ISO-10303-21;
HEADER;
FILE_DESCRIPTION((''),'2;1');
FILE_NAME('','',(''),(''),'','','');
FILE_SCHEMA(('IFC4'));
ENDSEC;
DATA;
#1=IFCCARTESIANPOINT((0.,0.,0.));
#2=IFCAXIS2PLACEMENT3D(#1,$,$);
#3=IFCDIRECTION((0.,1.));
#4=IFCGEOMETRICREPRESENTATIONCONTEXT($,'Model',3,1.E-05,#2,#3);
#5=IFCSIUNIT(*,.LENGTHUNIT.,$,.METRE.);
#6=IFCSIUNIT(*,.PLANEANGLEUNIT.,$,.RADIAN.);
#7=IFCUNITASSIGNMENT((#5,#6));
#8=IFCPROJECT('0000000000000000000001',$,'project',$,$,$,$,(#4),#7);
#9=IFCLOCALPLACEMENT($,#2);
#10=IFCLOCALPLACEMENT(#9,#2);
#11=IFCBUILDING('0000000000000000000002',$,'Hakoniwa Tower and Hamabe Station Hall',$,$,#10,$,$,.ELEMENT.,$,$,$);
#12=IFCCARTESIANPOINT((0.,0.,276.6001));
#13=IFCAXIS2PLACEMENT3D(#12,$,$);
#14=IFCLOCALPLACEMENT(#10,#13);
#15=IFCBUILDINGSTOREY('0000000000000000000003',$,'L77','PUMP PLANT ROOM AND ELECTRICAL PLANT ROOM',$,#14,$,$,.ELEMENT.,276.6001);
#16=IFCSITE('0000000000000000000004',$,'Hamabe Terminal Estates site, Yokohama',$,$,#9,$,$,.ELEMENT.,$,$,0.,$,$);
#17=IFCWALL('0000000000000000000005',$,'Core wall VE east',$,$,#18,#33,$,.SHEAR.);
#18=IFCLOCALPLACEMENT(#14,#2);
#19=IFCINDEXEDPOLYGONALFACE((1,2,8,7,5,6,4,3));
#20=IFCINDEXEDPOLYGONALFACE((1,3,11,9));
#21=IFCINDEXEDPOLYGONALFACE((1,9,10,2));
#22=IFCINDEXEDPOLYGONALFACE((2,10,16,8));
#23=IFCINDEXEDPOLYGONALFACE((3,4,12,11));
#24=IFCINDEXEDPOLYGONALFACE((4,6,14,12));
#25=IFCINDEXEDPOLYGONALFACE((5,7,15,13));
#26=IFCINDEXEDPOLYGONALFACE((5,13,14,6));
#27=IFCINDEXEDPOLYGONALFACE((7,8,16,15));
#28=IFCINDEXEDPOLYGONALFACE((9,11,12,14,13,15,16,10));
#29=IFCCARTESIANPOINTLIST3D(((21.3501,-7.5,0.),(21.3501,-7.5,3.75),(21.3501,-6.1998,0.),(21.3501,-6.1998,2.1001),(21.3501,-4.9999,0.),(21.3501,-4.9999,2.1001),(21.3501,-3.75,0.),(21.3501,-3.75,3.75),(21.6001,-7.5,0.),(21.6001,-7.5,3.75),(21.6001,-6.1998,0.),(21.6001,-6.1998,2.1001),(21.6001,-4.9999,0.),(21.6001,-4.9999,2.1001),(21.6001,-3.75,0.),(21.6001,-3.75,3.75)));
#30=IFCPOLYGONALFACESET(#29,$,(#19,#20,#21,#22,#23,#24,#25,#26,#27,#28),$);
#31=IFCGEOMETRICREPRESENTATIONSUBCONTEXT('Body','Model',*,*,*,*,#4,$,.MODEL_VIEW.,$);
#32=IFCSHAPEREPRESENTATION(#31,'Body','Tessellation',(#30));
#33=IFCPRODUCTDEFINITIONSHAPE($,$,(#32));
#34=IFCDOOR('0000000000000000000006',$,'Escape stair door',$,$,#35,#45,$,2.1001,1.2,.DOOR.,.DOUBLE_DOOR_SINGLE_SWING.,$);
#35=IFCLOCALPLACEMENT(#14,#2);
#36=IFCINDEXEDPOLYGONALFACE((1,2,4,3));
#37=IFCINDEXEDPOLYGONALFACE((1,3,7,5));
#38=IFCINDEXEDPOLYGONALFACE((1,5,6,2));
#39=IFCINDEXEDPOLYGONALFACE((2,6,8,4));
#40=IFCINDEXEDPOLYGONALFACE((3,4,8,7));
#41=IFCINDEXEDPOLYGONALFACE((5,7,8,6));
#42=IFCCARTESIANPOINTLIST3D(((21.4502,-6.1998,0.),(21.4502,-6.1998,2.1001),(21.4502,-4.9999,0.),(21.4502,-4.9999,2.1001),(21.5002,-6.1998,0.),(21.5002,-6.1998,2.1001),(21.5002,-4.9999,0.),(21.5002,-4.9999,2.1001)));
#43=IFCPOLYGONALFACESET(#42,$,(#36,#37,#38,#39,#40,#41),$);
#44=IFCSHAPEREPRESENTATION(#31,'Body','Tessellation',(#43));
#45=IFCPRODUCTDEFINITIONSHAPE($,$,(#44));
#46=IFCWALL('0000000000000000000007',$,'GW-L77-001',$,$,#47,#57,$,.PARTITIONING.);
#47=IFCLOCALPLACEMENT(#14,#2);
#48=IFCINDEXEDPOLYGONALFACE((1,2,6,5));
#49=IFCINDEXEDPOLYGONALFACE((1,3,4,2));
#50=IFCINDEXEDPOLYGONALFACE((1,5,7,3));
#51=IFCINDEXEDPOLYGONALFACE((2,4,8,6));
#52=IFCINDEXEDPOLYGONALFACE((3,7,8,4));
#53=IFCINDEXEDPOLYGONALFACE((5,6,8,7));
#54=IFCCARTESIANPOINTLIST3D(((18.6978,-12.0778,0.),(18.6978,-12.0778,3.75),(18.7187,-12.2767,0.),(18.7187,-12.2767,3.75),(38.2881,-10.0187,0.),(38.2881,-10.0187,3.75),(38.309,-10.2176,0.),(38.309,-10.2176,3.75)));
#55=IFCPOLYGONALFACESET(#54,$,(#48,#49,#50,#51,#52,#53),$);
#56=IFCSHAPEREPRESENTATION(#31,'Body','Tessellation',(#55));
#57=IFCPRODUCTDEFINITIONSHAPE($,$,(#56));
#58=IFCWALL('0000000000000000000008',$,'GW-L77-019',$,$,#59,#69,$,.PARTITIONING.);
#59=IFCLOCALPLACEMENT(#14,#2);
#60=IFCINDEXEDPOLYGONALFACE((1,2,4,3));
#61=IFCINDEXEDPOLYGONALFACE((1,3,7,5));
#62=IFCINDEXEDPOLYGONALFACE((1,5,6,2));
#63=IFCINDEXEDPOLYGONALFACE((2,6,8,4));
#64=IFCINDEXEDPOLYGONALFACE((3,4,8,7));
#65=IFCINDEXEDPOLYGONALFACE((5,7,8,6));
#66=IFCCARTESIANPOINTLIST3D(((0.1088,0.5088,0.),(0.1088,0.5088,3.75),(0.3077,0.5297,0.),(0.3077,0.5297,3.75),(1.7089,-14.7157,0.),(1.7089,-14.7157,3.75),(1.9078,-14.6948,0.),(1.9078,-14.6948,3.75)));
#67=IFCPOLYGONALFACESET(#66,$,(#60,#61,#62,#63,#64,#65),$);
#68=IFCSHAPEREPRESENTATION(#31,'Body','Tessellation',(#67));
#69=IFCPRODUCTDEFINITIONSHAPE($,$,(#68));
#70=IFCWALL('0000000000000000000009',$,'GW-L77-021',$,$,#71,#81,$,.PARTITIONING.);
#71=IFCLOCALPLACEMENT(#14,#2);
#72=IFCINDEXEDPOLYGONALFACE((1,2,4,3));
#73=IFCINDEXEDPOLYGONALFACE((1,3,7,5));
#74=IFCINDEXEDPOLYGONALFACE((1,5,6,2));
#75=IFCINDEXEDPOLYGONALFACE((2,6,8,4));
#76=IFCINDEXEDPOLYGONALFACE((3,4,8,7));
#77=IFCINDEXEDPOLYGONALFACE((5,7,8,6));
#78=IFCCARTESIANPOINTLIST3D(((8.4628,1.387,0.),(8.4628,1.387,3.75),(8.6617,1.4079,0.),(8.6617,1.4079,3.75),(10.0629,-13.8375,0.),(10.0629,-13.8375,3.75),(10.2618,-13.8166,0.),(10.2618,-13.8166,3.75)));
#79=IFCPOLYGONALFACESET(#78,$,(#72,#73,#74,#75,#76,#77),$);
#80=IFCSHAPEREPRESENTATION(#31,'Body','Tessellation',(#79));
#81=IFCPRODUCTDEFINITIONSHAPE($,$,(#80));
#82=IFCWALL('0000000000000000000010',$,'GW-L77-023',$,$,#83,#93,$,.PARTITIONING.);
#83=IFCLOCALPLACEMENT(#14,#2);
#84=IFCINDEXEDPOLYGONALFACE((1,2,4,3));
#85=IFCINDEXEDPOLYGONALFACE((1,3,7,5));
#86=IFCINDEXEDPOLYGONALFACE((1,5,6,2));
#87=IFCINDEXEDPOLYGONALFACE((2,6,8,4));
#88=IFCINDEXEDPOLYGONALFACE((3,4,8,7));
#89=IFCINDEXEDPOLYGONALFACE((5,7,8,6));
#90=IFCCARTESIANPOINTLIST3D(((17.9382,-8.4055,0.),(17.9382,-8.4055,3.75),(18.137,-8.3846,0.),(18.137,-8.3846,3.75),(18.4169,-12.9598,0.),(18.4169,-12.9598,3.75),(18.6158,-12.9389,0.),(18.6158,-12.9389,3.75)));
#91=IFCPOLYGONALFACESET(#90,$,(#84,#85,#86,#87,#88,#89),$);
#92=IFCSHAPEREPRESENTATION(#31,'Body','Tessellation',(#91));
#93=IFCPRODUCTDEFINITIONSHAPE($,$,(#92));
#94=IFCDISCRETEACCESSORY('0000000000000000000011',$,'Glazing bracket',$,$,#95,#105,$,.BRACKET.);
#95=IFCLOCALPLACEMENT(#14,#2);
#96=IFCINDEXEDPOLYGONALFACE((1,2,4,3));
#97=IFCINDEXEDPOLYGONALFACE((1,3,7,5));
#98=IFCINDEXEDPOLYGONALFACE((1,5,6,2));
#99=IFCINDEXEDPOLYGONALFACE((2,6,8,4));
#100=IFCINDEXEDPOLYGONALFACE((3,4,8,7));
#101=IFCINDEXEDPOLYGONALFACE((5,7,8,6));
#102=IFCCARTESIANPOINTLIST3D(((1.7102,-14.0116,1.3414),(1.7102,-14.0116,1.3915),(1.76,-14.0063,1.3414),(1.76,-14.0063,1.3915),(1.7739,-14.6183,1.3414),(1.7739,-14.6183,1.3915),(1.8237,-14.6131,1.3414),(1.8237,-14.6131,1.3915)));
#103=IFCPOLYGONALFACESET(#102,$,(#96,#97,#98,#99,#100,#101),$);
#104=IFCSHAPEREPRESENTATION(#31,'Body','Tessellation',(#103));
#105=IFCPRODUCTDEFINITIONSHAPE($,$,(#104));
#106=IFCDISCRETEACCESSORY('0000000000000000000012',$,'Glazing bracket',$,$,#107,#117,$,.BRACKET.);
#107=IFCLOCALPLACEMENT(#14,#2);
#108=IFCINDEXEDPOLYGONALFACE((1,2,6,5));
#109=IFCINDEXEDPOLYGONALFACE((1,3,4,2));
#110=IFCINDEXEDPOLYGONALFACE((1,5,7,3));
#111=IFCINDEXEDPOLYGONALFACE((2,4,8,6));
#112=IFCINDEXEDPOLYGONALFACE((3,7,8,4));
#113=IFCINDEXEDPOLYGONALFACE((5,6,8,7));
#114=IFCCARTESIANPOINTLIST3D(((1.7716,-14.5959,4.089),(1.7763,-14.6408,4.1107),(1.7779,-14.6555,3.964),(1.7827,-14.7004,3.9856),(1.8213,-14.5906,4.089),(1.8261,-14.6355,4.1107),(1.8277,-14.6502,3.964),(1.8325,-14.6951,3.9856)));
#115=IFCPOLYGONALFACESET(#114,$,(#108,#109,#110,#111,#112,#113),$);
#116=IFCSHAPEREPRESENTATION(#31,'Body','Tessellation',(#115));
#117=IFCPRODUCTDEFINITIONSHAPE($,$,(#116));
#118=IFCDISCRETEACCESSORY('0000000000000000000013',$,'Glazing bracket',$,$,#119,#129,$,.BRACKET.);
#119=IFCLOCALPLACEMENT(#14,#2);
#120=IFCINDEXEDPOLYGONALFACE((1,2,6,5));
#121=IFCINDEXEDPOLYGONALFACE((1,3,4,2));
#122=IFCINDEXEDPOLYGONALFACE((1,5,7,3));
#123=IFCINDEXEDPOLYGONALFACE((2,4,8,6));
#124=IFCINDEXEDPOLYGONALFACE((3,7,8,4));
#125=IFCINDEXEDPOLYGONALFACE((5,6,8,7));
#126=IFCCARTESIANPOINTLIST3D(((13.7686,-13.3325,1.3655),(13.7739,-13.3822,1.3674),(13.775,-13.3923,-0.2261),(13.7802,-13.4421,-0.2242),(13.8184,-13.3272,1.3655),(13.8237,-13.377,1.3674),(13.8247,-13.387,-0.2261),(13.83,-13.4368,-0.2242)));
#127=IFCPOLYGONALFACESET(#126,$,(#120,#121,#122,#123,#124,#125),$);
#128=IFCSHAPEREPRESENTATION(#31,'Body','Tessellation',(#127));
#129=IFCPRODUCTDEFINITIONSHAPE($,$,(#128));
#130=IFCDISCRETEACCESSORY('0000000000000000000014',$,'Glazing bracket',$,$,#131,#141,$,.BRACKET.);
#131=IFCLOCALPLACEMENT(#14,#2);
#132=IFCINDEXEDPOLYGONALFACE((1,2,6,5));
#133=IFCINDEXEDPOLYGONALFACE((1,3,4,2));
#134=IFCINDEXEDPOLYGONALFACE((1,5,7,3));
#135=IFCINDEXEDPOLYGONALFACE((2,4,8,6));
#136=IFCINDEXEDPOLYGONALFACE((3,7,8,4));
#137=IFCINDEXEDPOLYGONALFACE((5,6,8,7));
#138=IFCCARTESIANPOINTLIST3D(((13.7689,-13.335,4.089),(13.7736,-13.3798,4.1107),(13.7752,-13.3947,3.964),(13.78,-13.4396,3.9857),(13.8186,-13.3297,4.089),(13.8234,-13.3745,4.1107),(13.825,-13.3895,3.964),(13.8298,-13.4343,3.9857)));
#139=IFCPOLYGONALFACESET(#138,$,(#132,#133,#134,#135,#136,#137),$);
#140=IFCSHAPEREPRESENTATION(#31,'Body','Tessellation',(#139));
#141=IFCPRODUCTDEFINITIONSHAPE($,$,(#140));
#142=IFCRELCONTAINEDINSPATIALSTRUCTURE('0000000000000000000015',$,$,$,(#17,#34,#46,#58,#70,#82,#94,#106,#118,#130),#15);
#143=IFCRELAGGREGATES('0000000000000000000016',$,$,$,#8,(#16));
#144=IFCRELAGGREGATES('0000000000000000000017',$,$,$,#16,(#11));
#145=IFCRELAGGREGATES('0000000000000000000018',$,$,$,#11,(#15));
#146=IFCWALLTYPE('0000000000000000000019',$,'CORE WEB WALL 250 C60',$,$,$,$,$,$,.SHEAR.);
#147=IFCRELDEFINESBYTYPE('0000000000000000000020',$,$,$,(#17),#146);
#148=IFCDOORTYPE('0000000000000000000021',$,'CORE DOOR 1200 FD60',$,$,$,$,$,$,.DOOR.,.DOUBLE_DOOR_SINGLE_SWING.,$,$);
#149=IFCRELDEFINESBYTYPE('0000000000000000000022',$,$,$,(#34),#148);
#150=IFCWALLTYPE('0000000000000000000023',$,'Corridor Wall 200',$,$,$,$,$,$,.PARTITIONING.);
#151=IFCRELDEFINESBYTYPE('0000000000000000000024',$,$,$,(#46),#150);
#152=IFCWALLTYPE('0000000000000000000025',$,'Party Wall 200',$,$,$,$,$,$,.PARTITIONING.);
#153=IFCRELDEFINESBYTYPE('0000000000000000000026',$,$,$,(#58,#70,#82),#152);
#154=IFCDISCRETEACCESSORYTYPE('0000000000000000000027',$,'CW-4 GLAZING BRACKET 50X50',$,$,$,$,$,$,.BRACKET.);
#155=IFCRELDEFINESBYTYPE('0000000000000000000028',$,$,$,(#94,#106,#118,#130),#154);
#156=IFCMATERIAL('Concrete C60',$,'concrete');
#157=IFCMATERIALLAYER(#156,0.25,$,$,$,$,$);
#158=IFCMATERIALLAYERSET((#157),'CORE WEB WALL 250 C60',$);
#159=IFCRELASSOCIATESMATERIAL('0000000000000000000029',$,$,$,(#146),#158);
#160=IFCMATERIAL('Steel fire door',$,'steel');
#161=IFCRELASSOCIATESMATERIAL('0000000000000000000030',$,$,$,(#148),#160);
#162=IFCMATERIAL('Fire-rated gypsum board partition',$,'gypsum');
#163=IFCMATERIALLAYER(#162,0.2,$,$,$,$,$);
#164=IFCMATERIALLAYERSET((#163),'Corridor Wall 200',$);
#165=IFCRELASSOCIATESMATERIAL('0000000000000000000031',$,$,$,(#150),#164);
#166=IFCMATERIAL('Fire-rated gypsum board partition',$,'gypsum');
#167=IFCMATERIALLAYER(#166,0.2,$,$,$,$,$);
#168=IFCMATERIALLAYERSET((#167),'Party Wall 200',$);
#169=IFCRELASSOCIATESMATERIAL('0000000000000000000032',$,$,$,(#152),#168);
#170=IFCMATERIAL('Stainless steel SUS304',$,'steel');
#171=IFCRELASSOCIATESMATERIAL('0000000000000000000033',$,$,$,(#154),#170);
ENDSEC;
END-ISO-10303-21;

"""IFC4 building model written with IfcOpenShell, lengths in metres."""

from ifc_helpers import new_model, si_unit, direction, frame, frame_2d, origin, origin_2d, place, context, subcontext, project, spatial, rectangle, extrude, material, layer, layer_set, material_profile, profile_set, type_object, element, fill, save


model = new_model("IFC4")

# Units and contexts
model_context = context("Model", 3, precision=1e-05, world=origin(), true_north=direction((0.0, 1.0)))
body_context = subcontext(model_context, "Body", "Model", "MODEL_VIEW")
ifc_project = project(units=[si_unit("LENGTHUNIT", "METRE"), si_unit("PLANEANGLEUNIT", "RADIAN")], contexts=[model_context])

# Site, building, storey
site_placement = place(None, origin())
site = spatial("IfcSite", under=ifc_project, at=site_placement, Name="Hamabe Terminal Estates site, Yokohama", CompositionType="ELEMENT", RefElevation=0.0)
building_placement = place(site_placement, origin())
building = spatial("IfcBuilding", under=site, at=building_placement, Name="Hakoniwa Tower and Hamabe Station Hall", CompositionType="ELEMENT")
storey_placement = place(building_placement, frame((0.0, 0.0, 276.6001)))
storey = spatial("IfcBuildingStorey", under=building, at=storey_placement, Name="L77", Description="PUMP PLANT ROOM AND ELECTRICAL PLANT ROOM", CompositionType="ELEMENT", Elevation=276.6001)

# Shared definitions
ifc_material_1 = material(Name="Concrete C60", Category="concrete")
ifc_layer_1 = layer(ifc_material_1, 0.25)
ifc_layer_set_1 = layer_set([ifc_layer_1], Name="CORE WEB WALL 250 C60")
wall_type_1 = type_object("IfcWallType", Name="CORE WEB WALL 250 C60", PredefinedType="SHEAR", material=ifc_layer_set_1)

# Wall, opening, door
wall_1_placement = place(storey_placement, frame((21.4751, -7.5, 0.0), z_axis=(0.0, 0.0, 1.0), x_axis=(0.0, 1.0, 0.0)))
wall_1 = element("IfcWall", 1, at=wall_1_placement, inside=storey, type_object=wall_type_1, Name="Core wall VE east", PredefinedType="SHEAR", context=body_context, shape_type="SweptSolid", body=[
    extrude(rectangle(XDim=3.75, YDim=0.25, at=frame_2d((1.875, 0.0))), origin(), (0.0, 0.0, 1.0), 3.75),
])
opening_1_placement = place(wall_1_placement, frame((1.3, 0.0, 0.0)))
opening_1 = element("IfcOpeningElement", 2, at=opening_1_placement, cuts=wall_1, PredefinedType="OPENING", context=body_context, shape_type="SweptSolid", body=[
    extrude(rectangle(XDim=1.2, YDim=2.1001, at=frame_2d((0.6001, 1.05))), frame((0.0, 0.135, 0.0), z_axis=(0.0, -1.0, 0.0), x_axis=(1.0, 0.0, 0.0)), (0.0, 0.0, 1.0), 0.27),
])
ifc_material_2 = material(Name="Steel fire door", Category="steel")
door_type_1 = type_object("IfcDoorType", Name="CORE DOOR 1200 FD60", OperationType="DOUBLE_DOOR_SINGLE_SWING", PredefinedType="DOOR", material=ifc_material_2)
door_1_placement = place(opening_1_placement, origin())
door_1 = element("IfcDoor", 3, at=door_1_placement, inside=storey, type_object=door_type_1, Name="Escape stair door", OperationType="DOUBLE_DOOR_SINGLE_SWING", OverallHeight=2.1001, OverallWidth=1.2, PredefinedType="DOOR", context=body_context, shape_type="SweptSolid", body=[
    extrude(rectangle(XDim=1.2, YDim=2.1001, at=frame_2d((0.6001, 1.05))), frame((0.0, 0.0249, 0.0), z_axis=(0.0, -1.0, 0.0), x_axis=(1.0, 0.0, 0.0)), (0.0, 0.0, 1.0), 0.05),
])
fill(opening_1, door_1)

# Walls
ifc_material_3 = material(Name="Fire-rated gypsum board partition", Category="gypsum")
ifc_layer_2 = layer(ifc_material_3, 0.2)
ifc_layer_set_2 = layer_set([ifc_layer_2], Name="Corridor Wall 200")
wall_type_2 = type_object("IfcWallType", Name="Corridor Wall 200", PredefinedType="PARTITIONING", material=ifc_layer_set_2)
wall_2_placement = place(storey_placement, frame((18.7083, -12.1772, 0.0), z_axis=(0.0, 0.0, 1.0), x_axis=(0.994522, 0.104531, 0.0)))
element("IfcWall", 4, at=wall_2_placement, inside=storey, type_object=wall_type_2, Name="GW-L77-001", PredefinedType="PARTITIONING", context=body_context, shape_type="SweptSolid", body=[
    extrude(rectangle(XDim=19.6982, YDim=0.2, at=frame_2d((9.8491, 0.0))), origin(), (0.0, 0.0, 1.0), 3.75),
])
ifc_material_4 = material(Name="Fire-rated gypsum board partition", Category="gypsum")
ifc_layer_3 = layer(ifc_material_4, 0.2)
ifc_layer_set_3 = layer_set([ifc_layer_3], Name="Party Wall 200")
wall_type_3 = type_object("IfcWallType", Name="Party Wall 200", PredefinedType="PARTITIONING", material=ifc_layer_set_3)
for number, where, z_axis, x_axis, name in (
    (5, (1.8083, -14.7053, 0.0), (0.0, 0.0, 1.0), (-0.104524, 0.994522, 0.0), "GW-L77-019"),
    (6, (10.1624, -13.8271, 0.0), (0.0, 0.0, 1.0), (-0.104524, 0.994522, 0.0), "GW-L77-021"),
):
    element("IfcWall", number, at=place(storey_placement, frame(where, z_axis=z_axis, x_axis=x_axis)), inside=storey, type_object=wall_type_3, Name=name, PredefinedType="PARTITIONING", context=body_context, shape_type="SweptSolid", body=[
        extrude(rectangle(XDim=15.3083, YDim=0.2, at=frame_2d((7.6543, 0.0))), origin(), (0.0, 0.0, 1.0), 3.75),
    ])
wall_3_placement = place(storey_placement, frame((18.5164, -12.9492, 0.0), z_axis=(0.0, 0.0, 1.0), x_axis=(-0.104549, 0.99452, 0.0)))
element("IfcWall", 7, at=wall_3_placement, inside=storey, type_object=wall_type_3, Name="GW-L77-023", PredefinedType="PARTITIONING", context=body_context, shape_type="SweptSolid", body=[
    extrude(rectangle(XDim=4.5793, YDim=0.2, at=frame_2d((2.2896, 0.0))), origin(), (0.0, 0.0, 1.0), 3.75),
])

# Discrete accessories
ifc_material_5 = material(Name="Stainless steel SUS304", Category="steel")
ifc_material_profile_1 = material_profile(ifc_material_5, rectangle(XDim=0.05, YDim=0.05, at=origin_2d()), Name="CW-4 GLAZING BRACKET 50X50")
ifc_profile_set_1 = profile_set([ifc_material_profile_1], Name="Stainless steel SUS304")
discrete_accessory_type = type_object("IfcDiscreteAccessoryType", Name="CW-4 GLAZING BRACKET 50X50", PredefinedType="BRACKET", material=ifc_profile_set_1)
discrete_accessory_1_placement = place(storey_placement, frame((1.7988, -14.6157, 1.3665), z_axis=(-0.104456, 0.99453, 0.0), x_axis=(-0.99453, -0.104456, 0.0)))
element("IfcDiscreteAccessory", 8, at=discrete_accessory_1_placement, inside=storey, type_object=discrete_accessory_type, Name="Glazing bracket", PredefinedType="BRACKET", context=body_context, shape_type="SweptSolid", body=[
    extrude(rectangle(XDim=0.05, YDim=0.05, at=origin_2d()), origin(), (0.0, 0.0, 1.0), 0.6101),
])
discrete_accessory_2_placement = place(storey_placement, frame((1.7988, -14.6157, 4.0999), z_axis=(0.045794, -0.429756, -0.901783), x_axis=(0.994371, 0.105958, 0.0)))
element("IfcDiscreteAccessory", 9, at=discrete_accessory_2_placement, inside=storey, type_object=discrete_accessory_type, Name="Glazing bracket", PredefinedType="BRACKET", context=body_context, shape_type="SweptSolid", body=[
    extrude(rectangle(XDim=0.05, YDim=0.05, at=origin_2d()), origin(), (0.0, 0.0, 1.0), 0.1387),
])
discrete_accessory_3_placement = place(storey_placement, frame((13.7961, -13.3547, 1.3665), z_axis=(0.003985, -0.037556, -0.999287), x_axis=(0.994416, 0.10553, 0.0)))
element("IfcDiscreteAccessory", 10, at=discrete_accessory_3_placement, inside=storey, type_object=discrete_accessory_type, Name="Glazing bracket", PredefinedType="BRACKET", context=body_context, shape_type="SweptSolid", body=[
    extrude(rectangle(XDim=0.05, YDim=0.05, at=origin_2d()), origin(), (0.0, 0.0, 1.0), 1.5928),
])
discrete_accessory_4_placement = place(storey_placement, frame((13.7961, -13.3547, 4.0999), z_axis=(0.045759, -0.43119, -0.9011), x_axis=(0.994416, 0.10553, 0.0)))
element("IfcDiscreteAccessory", 11, at=discrete_accessory_4_placement, inside=storey, type_object=discrete_accessory_type, Name="Glazing bracket", PredefinedType="BRACKET", context=body_context, shape_type="SweptSolid", body=[
    extrude(rectangle(XDim=0.05, YDim=0.05, at=origin_2d()), origin(), (0.0, 0.0, 1.0), 0.1387),
])

save(model, "model.ifc")
